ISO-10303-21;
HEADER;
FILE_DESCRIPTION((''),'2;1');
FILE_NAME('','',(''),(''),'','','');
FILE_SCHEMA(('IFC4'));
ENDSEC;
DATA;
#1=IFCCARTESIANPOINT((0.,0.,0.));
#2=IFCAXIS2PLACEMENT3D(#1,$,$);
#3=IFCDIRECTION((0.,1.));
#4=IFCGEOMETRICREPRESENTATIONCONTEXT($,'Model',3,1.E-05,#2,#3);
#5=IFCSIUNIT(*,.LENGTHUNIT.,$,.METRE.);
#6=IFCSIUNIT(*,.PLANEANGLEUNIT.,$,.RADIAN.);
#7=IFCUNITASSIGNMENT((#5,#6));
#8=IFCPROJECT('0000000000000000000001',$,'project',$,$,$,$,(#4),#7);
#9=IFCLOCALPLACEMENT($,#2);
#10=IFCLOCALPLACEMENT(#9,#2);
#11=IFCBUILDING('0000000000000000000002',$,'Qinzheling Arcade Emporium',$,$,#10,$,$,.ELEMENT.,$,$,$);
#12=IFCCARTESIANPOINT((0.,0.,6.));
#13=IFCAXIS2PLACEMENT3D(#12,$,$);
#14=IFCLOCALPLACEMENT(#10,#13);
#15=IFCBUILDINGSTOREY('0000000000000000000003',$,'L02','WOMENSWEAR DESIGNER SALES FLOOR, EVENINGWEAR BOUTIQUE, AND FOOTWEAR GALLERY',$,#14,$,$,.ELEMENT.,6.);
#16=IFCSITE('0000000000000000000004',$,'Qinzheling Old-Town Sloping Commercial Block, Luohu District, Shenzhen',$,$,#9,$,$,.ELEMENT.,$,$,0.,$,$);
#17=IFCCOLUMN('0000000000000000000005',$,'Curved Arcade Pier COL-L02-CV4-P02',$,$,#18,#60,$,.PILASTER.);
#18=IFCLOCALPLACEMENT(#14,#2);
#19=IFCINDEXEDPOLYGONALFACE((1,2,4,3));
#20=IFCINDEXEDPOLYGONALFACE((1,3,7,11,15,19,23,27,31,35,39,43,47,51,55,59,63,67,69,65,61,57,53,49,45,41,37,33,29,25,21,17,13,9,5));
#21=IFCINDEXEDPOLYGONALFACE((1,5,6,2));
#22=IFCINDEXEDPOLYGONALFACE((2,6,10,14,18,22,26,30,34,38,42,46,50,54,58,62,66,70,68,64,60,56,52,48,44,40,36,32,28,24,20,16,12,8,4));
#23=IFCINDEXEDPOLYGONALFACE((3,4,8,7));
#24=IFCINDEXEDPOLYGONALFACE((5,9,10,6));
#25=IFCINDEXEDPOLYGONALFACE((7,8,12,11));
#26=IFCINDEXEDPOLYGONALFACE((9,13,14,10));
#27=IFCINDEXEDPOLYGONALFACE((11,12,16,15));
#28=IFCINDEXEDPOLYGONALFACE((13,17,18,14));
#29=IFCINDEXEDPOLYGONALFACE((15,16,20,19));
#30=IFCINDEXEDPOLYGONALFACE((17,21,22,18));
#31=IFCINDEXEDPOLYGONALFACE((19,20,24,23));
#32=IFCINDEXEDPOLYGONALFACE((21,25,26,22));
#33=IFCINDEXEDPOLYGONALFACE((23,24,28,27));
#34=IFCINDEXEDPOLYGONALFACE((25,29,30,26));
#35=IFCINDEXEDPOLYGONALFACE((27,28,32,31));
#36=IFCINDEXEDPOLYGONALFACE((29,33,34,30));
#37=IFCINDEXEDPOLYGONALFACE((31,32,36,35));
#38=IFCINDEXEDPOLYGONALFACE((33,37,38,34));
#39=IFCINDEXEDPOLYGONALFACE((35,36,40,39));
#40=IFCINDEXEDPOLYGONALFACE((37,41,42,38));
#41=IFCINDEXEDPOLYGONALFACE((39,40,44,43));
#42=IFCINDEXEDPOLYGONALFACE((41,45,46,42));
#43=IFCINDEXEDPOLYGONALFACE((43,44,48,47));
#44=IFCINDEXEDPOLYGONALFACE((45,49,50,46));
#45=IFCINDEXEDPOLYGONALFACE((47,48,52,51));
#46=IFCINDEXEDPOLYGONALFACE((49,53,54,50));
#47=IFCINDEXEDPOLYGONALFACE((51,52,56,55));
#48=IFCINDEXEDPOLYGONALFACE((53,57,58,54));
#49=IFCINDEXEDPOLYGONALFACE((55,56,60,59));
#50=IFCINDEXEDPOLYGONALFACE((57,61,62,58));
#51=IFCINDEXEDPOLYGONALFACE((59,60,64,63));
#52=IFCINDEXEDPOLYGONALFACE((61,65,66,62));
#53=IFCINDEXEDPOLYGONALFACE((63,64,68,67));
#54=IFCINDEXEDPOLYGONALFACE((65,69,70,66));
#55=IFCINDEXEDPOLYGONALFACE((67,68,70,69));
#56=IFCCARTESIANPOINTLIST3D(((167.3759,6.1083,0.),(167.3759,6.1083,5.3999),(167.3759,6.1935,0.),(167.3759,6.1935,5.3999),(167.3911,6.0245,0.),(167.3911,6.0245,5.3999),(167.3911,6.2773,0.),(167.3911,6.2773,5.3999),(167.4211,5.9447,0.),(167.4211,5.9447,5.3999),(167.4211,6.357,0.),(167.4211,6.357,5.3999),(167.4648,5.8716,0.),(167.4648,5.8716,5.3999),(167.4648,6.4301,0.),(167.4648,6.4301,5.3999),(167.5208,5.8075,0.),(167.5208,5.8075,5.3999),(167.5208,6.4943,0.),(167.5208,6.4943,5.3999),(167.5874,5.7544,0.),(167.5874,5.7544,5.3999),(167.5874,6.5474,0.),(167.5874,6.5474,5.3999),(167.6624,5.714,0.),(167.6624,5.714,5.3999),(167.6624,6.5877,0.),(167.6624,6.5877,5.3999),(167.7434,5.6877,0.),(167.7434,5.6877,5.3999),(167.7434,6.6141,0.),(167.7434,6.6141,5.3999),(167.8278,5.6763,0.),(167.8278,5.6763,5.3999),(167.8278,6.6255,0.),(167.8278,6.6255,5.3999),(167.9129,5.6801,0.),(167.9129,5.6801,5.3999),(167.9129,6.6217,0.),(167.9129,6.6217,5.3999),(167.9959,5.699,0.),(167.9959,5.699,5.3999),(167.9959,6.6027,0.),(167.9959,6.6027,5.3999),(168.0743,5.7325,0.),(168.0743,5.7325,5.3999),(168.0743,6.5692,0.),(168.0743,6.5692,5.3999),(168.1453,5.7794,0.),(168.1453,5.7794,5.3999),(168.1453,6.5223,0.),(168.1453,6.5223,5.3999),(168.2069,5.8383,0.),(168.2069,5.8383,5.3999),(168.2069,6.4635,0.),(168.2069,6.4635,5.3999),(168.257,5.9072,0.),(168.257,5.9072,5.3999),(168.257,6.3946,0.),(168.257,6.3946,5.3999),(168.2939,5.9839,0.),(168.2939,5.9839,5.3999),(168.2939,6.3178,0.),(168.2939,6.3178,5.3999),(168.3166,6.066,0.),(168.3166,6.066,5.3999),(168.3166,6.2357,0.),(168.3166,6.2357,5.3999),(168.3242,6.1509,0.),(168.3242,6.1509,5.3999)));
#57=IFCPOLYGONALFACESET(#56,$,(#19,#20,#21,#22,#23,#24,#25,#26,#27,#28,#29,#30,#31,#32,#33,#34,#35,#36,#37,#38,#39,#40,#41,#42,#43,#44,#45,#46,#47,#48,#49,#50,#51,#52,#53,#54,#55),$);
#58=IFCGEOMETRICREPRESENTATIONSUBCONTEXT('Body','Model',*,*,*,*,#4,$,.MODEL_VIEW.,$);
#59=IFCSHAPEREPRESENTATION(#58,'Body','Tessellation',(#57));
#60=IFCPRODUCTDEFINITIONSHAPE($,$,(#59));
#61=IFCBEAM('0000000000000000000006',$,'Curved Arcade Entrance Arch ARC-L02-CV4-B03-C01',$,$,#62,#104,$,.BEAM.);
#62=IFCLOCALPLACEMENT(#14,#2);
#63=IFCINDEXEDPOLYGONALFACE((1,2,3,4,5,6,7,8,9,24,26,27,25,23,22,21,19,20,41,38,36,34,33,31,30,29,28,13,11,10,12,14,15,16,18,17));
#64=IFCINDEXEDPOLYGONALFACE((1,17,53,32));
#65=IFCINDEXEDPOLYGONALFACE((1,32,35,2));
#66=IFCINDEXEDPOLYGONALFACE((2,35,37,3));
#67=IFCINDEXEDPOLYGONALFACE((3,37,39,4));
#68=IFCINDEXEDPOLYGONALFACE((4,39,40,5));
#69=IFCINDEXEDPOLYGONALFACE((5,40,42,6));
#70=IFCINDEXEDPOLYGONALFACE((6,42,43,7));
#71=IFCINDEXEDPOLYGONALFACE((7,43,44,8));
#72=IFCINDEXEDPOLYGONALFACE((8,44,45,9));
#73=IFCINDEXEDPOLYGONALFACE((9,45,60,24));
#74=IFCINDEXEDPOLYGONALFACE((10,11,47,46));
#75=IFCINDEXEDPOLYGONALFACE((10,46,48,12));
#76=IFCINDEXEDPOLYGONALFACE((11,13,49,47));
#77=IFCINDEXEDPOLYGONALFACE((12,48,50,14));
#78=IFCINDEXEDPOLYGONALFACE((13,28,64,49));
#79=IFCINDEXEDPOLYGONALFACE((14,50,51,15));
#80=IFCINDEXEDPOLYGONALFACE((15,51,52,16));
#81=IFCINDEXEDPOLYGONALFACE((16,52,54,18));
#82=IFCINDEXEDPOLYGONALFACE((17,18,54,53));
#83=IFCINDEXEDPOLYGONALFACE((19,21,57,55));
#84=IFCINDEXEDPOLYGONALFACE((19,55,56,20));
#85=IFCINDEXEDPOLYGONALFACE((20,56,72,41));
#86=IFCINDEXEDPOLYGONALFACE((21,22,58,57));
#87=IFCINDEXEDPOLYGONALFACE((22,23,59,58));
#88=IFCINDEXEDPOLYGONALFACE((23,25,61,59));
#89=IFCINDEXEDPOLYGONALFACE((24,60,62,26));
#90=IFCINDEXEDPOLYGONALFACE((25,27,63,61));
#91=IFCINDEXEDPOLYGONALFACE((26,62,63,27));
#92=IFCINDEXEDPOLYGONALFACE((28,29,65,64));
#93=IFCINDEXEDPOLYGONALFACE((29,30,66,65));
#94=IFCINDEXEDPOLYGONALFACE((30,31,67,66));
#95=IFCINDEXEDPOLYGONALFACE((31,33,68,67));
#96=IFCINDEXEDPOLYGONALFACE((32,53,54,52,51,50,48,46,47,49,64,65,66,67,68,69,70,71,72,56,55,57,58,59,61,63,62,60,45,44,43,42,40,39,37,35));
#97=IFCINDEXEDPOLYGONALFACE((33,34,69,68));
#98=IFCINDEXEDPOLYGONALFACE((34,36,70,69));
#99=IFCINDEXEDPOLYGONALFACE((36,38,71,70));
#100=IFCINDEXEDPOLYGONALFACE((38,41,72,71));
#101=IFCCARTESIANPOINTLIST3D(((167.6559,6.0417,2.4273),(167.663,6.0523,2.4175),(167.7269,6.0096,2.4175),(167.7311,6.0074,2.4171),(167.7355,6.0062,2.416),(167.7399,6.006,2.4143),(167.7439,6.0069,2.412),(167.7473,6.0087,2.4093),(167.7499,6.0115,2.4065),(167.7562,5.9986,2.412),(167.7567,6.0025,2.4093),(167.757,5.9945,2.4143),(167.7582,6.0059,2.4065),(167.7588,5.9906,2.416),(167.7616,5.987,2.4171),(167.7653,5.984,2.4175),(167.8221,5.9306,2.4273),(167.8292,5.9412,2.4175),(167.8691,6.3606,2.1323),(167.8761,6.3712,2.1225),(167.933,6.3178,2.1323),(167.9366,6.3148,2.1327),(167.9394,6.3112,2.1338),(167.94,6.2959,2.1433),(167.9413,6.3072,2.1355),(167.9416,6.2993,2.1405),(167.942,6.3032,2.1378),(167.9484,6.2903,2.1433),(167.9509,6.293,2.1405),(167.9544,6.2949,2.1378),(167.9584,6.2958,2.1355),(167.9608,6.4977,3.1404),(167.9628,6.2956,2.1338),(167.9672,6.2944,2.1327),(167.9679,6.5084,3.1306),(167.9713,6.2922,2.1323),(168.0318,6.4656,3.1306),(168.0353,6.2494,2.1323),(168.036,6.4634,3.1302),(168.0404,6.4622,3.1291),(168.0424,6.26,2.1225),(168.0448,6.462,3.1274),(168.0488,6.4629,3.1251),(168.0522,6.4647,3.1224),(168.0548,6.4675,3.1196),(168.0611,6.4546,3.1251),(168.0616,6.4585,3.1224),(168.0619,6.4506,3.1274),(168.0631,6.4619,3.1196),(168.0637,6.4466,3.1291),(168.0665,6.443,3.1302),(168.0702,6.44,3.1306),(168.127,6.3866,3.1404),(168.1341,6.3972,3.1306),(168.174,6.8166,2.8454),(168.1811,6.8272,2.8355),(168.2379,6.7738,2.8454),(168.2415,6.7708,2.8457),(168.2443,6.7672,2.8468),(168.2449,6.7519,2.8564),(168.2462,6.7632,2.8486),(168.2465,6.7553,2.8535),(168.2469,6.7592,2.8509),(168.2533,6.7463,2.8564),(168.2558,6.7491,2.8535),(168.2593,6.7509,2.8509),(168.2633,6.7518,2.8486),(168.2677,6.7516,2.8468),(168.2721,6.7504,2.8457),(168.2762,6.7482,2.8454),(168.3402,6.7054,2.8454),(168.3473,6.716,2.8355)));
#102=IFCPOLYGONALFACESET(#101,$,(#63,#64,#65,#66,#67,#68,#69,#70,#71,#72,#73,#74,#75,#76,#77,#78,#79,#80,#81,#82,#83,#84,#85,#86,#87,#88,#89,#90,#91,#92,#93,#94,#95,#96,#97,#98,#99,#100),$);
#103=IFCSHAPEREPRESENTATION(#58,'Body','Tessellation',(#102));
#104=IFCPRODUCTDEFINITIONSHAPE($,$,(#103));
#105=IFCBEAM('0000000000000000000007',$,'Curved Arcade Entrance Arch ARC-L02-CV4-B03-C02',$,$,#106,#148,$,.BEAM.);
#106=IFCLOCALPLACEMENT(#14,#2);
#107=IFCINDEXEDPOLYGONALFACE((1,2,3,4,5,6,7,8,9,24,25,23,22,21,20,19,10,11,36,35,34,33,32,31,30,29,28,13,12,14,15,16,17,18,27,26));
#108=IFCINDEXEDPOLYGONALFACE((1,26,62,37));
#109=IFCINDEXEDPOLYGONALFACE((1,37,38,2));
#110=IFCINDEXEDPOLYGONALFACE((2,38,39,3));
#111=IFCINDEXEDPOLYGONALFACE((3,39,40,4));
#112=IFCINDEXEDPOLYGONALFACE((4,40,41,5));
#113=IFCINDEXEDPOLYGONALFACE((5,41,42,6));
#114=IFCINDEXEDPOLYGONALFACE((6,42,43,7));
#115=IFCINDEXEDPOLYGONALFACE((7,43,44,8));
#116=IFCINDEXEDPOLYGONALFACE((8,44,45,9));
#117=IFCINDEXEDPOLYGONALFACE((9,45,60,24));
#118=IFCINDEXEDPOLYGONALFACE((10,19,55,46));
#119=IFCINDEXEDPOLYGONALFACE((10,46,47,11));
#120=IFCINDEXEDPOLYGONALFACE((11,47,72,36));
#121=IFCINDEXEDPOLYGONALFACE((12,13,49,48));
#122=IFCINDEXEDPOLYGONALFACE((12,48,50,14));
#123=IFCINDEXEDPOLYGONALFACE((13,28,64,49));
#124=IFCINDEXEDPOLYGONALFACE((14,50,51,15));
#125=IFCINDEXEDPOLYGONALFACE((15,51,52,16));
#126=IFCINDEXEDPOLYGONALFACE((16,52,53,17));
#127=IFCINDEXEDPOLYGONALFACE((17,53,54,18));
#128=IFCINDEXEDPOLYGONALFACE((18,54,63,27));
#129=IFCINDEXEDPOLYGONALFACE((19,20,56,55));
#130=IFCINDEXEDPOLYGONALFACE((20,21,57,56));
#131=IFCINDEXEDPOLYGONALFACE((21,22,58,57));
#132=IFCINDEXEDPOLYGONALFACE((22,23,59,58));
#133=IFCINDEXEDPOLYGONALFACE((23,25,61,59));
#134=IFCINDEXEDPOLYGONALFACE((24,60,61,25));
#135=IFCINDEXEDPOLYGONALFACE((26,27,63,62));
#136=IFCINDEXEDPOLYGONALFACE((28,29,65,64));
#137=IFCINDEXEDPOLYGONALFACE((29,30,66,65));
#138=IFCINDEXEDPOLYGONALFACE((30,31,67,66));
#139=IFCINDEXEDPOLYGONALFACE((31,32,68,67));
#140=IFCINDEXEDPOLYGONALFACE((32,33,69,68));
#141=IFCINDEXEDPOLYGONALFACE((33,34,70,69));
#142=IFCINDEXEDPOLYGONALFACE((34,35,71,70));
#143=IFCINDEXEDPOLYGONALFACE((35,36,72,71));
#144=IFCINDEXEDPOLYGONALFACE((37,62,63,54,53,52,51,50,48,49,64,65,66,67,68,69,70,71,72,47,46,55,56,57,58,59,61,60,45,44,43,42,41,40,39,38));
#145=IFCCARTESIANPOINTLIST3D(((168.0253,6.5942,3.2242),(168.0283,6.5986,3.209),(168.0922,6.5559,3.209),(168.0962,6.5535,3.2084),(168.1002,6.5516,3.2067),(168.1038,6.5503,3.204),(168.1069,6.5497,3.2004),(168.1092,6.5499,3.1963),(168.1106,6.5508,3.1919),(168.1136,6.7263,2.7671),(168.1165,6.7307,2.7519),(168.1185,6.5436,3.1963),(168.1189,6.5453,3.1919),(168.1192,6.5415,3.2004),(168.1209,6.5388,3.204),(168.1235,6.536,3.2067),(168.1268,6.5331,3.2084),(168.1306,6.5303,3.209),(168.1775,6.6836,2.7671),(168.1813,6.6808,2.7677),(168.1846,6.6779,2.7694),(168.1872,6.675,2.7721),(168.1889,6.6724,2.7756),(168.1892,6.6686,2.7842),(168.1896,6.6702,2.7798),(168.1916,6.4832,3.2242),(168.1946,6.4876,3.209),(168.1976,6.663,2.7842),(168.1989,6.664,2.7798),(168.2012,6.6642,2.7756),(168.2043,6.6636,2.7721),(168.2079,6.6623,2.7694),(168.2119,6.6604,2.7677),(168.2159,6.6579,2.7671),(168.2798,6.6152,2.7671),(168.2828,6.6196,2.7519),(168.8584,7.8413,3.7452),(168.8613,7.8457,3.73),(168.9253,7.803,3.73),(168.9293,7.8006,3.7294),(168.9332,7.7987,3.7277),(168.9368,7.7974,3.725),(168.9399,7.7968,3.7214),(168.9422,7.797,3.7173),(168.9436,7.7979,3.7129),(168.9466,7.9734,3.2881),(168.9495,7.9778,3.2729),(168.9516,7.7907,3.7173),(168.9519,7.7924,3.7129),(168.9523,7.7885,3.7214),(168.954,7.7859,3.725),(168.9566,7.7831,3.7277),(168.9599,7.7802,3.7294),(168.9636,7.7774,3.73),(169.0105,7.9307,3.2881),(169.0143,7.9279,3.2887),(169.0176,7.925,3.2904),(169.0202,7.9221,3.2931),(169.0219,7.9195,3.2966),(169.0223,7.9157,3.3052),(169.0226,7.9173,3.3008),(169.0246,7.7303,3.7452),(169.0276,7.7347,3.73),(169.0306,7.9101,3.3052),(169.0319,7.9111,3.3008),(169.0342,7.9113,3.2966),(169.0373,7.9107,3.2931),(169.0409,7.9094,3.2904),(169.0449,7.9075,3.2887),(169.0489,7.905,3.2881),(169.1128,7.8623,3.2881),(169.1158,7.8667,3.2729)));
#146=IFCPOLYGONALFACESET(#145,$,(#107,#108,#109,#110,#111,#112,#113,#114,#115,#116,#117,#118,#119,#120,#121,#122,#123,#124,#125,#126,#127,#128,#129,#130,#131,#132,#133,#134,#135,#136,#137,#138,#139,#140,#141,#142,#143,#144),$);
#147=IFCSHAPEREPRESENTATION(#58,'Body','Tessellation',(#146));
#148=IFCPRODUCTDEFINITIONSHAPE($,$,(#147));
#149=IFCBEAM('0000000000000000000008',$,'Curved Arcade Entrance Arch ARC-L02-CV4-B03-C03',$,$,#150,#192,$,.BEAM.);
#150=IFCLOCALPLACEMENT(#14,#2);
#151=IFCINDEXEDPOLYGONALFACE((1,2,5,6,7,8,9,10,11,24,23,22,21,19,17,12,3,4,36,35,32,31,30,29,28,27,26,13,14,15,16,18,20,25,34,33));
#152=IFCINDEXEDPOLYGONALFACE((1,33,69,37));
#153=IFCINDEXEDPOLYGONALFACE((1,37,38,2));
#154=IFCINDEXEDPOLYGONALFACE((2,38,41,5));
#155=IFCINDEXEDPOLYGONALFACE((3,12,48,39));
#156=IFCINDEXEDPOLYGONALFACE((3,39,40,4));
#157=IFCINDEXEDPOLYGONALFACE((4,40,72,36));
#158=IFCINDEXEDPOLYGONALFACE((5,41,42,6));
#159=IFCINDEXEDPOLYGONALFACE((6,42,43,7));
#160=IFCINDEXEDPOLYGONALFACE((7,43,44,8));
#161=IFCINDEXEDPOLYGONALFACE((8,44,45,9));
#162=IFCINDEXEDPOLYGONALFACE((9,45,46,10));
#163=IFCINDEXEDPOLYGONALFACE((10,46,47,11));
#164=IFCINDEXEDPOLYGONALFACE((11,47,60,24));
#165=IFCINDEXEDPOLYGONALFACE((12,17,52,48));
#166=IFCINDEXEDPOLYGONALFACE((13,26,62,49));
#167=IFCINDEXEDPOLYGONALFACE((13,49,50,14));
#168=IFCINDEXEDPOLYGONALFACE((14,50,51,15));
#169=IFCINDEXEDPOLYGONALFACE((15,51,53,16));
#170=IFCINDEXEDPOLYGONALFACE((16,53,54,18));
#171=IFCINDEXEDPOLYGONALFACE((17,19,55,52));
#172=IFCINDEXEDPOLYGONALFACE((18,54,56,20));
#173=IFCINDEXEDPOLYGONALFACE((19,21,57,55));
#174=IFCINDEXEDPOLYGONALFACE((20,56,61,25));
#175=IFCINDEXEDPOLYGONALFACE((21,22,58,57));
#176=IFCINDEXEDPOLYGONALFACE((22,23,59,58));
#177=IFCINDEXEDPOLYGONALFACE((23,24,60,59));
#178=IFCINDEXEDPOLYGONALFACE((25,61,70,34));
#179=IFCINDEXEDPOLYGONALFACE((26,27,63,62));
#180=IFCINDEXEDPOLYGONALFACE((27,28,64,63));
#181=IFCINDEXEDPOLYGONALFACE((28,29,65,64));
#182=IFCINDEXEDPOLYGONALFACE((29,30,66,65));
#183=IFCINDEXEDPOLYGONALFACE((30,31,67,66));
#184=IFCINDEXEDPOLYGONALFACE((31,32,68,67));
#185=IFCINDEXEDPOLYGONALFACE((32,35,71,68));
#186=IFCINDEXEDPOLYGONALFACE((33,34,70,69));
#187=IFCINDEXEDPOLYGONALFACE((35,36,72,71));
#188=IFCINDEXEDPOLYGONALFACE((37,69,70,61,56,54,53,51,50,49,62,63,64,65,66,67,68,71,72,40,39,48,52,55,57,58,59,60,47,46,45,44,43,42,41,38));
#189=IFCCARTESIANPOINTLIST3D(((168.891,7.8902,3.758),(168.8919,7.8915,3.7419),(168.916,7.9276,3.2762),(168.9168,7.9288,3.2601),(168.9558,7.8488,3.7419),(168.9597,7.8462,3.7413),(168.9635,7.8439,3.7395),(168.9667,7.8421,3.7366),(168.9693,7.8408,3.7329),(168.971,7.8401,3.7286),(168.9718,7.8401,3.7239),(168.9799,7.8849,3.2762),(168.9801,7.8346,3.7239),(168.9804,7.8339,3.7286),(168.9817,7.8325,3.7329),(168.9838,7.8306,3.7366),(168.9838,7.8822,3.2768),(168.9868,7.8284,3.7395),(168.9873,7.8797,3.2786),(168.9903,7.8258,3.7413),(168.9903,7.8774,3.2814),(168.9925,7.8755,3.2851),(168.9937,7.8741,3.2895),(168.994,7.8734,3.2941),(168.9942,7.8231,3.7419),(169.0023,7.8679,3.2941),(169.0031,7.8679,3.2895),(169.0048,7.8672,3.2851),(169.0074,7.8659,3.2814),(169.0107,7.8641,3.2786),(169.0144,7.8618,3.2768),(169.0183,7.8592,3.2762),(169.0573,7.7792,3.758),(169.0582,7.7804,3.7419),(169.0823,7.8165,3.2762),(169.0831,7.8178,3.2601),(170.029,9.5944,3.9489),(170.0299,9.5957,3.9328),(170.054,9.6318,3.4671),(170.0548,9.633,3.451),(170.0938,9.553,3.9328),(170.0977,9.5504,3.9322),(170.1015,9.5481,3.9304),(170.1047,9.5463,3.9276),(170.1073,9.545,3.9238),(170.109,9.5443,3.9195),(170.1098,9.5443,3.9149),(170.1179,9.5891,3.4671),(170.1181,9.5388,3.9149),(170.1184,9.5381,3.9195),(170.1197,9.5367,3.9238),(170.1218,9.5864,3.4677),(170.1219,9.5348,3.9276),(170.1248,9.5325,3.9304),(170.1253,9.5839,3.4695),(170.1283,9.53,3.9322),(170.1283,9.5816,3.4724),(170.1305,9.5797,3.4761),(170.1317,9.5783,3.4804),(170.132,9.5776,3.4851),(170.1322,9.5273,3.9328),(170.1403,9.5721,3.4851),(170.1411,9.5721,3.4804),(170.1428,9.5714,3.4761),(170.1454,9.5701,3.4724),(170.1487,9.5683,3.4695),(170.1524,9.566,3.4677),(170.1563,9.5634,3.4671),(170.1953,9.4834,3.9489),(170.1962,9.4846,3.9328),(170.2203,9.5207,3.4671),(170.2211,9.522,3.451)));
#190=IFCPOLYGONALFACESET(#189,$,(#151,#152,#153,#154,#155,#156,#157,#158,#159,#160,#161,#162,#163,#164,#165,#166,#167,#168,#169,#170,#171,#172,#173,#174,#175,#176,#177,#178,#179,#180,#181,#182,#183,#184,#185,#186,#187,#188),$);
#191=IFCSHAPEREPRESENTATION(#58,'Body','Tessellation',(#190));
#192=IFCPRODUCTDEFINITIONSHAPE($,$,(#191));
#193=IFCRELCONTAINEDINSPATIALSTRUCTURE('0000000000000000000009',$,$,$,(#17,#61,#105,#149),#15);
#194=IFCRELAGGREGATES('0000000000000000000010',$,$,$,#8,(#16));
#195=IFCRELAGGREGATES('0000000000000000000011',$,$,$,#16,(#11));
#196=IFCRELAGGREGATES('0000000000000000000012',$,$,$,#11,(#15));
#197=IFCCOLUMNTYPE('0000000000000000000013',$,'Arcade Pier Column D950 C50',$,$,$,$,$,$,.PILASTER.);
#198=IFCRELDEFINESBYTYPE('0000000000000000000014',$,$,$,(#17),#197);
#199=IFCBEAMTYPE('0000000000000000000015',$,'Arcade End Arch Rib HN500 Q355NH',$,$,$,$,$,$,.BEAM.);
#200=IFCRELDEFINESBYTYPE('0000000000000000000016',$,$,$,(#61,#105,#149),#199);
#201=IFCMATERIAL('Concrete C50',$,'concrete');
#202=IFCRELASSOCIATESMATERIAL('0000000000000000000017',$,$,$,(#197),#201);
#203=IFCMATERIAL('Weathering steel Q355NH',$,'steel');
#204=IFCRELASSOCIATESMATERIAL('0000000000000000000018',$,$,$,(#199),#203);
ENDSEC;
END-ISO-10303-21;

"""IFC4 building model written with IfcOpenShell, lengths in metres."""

from ifc_helpers import new_model, si_unit, direction, frame, origin, origin_2d, place, context, subcontext, project, spatial, circle, i_section, extrude, material, material_profile, profile_set, type_object, element, save


model = new_model("IFC4")

# Units and contexts
model_context = context("Model", 3, precision=1e-05, world=origin(), true_north=direction((0.0, 1.0)))
body_context = subcontext(model_context, "Body", "Model", "MODEL_VIEW")
ifc_project = project(units=[si_unit("LENGTHUNIT", "METRE"), si_unit("PLANEANGLEUNIT", "RADIAN")], contexts=[model_context])

# Site, building, storey
site_placement = place(None, origin())
site = spatial("IfcSite", under=ifc_project, at=site_placement, Name="Qinzheling Old-Town Sloping Commercial Block, Luohu District, Shenzhen", CompositionType="ELEMENT", RefElevation=0.0)
building_placement = place(site_placement, origin())
building = spatial("IfcBuilding", under=site, at=building_placement, Name="Qinzheling Arcade Emporium", CompositionType="ELEMENT")
storey_placement = place(building_placement, frame((0.0, 0.0, 6.0)))
storey = spatial("IfcBuildingStorey", under=building, at=storey_placement, Name="L02", Description="WOMENSWEAR DESIGNER SALES FLOOR, EVENINGWEAR BOUTIQUE, AND FOOTWEAR GALLERY", CompositionType="ELEMENT", Elevation=6.0)

# Column
ifc_material_1 = material(Name="Concrete C50", Category="concrete")
ifc_material_profile_1 = material_profile(ifc_material_1, circle(Radius=0.4751, at=origin_2d()), Name="RC D950", Category="concrete")
ifc_profile_set_1 = profile_set([ifc_material_profile_1], Name="Concrete C50")
column_type = type_object("IfcColumnType", Name="Arcade Pier Column D950 C50", PredefinedType="PILASTER", material=ifc_profile_set_1)
column_placement = place(storey_placement, frame((167.8491, 6.1509, 0.0), z_axis=(0.0, 0.0, 1.0), x_axis=(1.0, 0.0, 0.0)))
element("IfcColumn", 1, at=column_placement, inside=storey, type_object=column_type, Name="Curved Arcade Pier COL-L02-CV4-P02", PredefinedType="PILASTER", context=body_context, shape_type="SweptSolid", body=[
    extrude(circle(Radius=0.4751, at=origin_2d()), origin(), (0.0, 0.0, 1.0), 5.3999),
])

# Beams
ifc_material_2 = material(Name="Weathering steel Q355NH", Category="steel")
ifc_material_profile_2 = material_profile(ifc_material_2, i_section(OverallWidth=0.2, OverallDepth=0.5, WebThickness=0.01, FlangeThickness=0.0161, FilletRadius=0.0181, at=origin_2d()), Name="HN 500x200x10x16", Category="steel")
ifc_profile_set_2 = profile_set([ifc_material_profile_2], Name="Weathering steel Q355NH")
beam_type_1 = type_object("IfcBeamType", Name="Arcade End Arch Rib HN500 Q355NH", PredefinedType="BEAM", material=ifc_profile_set_2)
beam_1_placement = place(storey_placement, frame((167.8491, 6.1509, 2.2749), z_axis=(0.338911, 0.506874, 0.792602), x_axis=(-0.831296, 0.555829, 0.0)))
element("IfcBeam", 2, at=beam_1_placement, inside=storey, type_object=beam_type_1, Name="Curved Arcade Entrance Arch ARC-L02-CV4-B03-C01", PredefinedType="BEAM", context=body_context, shape_type="SweptSolid", body=[
    extrude(i_section(OverallWidth=0.2, OverallDepth=0.5, WebThickness=0.01, FlangeThickness=0.0161, FilletRadius=0.0181, at=origin_2d()), origin(), (0.0, 0.0, 1.0), 0.8997),
])
beam_2_placement = place(storey_placement, frame((168.1541, 6.6069, 2.988), z_axis=(0.524691, 0.785499, 0.328163), x_axis=(-0.831549, 0.555451, 0.0)))
element("IfcBeam", 3, at=beam_2_placement, inside=storey, type_object=beam_type_1, Name="Curved Arcade Entrance Arch ARC-L02-CV4-B03-C02", PredefinedType="BEAM", context=body_context, shape_type="SweptSolid", body=[
    extrude(i_section(OverallWidth=0.2, OverallDepth=0.5, WebThickness=0.01, FlangeThickness=0.0161, FilletRadius=0.0181, at=origin_2d()), origin(), (0.0, 0.0, 1.0), 1.5876),
])
beam_3_placement = place(storey_placement, frame((168.9871, 7.854, 3.509), z_axis=(0.552938, 0.828042, 0.092769), x_axis=(-0.831628, 0.555332, 0.0)))
element("IfcBeam", 4, at=beam_3_placement, inside=storey, type_object=beam_type_1, Name="Curved Arcade Entrance Arch ARC-L02-CV4-B03-C03", PredefinedType="BEAM", context=body_context, shape_type="SweptSolid", body=[
    extrude(i_section(OverallWidth=0.2, OverallDepth=0.5, WebThickness=0.01, FlangeThickness=0.0161, FilletRadius=0.0181, at=origin_2d()), origin(), (0.0, 0.0, 1.0), 2.0581),
])

save(model, "model.ifc")
